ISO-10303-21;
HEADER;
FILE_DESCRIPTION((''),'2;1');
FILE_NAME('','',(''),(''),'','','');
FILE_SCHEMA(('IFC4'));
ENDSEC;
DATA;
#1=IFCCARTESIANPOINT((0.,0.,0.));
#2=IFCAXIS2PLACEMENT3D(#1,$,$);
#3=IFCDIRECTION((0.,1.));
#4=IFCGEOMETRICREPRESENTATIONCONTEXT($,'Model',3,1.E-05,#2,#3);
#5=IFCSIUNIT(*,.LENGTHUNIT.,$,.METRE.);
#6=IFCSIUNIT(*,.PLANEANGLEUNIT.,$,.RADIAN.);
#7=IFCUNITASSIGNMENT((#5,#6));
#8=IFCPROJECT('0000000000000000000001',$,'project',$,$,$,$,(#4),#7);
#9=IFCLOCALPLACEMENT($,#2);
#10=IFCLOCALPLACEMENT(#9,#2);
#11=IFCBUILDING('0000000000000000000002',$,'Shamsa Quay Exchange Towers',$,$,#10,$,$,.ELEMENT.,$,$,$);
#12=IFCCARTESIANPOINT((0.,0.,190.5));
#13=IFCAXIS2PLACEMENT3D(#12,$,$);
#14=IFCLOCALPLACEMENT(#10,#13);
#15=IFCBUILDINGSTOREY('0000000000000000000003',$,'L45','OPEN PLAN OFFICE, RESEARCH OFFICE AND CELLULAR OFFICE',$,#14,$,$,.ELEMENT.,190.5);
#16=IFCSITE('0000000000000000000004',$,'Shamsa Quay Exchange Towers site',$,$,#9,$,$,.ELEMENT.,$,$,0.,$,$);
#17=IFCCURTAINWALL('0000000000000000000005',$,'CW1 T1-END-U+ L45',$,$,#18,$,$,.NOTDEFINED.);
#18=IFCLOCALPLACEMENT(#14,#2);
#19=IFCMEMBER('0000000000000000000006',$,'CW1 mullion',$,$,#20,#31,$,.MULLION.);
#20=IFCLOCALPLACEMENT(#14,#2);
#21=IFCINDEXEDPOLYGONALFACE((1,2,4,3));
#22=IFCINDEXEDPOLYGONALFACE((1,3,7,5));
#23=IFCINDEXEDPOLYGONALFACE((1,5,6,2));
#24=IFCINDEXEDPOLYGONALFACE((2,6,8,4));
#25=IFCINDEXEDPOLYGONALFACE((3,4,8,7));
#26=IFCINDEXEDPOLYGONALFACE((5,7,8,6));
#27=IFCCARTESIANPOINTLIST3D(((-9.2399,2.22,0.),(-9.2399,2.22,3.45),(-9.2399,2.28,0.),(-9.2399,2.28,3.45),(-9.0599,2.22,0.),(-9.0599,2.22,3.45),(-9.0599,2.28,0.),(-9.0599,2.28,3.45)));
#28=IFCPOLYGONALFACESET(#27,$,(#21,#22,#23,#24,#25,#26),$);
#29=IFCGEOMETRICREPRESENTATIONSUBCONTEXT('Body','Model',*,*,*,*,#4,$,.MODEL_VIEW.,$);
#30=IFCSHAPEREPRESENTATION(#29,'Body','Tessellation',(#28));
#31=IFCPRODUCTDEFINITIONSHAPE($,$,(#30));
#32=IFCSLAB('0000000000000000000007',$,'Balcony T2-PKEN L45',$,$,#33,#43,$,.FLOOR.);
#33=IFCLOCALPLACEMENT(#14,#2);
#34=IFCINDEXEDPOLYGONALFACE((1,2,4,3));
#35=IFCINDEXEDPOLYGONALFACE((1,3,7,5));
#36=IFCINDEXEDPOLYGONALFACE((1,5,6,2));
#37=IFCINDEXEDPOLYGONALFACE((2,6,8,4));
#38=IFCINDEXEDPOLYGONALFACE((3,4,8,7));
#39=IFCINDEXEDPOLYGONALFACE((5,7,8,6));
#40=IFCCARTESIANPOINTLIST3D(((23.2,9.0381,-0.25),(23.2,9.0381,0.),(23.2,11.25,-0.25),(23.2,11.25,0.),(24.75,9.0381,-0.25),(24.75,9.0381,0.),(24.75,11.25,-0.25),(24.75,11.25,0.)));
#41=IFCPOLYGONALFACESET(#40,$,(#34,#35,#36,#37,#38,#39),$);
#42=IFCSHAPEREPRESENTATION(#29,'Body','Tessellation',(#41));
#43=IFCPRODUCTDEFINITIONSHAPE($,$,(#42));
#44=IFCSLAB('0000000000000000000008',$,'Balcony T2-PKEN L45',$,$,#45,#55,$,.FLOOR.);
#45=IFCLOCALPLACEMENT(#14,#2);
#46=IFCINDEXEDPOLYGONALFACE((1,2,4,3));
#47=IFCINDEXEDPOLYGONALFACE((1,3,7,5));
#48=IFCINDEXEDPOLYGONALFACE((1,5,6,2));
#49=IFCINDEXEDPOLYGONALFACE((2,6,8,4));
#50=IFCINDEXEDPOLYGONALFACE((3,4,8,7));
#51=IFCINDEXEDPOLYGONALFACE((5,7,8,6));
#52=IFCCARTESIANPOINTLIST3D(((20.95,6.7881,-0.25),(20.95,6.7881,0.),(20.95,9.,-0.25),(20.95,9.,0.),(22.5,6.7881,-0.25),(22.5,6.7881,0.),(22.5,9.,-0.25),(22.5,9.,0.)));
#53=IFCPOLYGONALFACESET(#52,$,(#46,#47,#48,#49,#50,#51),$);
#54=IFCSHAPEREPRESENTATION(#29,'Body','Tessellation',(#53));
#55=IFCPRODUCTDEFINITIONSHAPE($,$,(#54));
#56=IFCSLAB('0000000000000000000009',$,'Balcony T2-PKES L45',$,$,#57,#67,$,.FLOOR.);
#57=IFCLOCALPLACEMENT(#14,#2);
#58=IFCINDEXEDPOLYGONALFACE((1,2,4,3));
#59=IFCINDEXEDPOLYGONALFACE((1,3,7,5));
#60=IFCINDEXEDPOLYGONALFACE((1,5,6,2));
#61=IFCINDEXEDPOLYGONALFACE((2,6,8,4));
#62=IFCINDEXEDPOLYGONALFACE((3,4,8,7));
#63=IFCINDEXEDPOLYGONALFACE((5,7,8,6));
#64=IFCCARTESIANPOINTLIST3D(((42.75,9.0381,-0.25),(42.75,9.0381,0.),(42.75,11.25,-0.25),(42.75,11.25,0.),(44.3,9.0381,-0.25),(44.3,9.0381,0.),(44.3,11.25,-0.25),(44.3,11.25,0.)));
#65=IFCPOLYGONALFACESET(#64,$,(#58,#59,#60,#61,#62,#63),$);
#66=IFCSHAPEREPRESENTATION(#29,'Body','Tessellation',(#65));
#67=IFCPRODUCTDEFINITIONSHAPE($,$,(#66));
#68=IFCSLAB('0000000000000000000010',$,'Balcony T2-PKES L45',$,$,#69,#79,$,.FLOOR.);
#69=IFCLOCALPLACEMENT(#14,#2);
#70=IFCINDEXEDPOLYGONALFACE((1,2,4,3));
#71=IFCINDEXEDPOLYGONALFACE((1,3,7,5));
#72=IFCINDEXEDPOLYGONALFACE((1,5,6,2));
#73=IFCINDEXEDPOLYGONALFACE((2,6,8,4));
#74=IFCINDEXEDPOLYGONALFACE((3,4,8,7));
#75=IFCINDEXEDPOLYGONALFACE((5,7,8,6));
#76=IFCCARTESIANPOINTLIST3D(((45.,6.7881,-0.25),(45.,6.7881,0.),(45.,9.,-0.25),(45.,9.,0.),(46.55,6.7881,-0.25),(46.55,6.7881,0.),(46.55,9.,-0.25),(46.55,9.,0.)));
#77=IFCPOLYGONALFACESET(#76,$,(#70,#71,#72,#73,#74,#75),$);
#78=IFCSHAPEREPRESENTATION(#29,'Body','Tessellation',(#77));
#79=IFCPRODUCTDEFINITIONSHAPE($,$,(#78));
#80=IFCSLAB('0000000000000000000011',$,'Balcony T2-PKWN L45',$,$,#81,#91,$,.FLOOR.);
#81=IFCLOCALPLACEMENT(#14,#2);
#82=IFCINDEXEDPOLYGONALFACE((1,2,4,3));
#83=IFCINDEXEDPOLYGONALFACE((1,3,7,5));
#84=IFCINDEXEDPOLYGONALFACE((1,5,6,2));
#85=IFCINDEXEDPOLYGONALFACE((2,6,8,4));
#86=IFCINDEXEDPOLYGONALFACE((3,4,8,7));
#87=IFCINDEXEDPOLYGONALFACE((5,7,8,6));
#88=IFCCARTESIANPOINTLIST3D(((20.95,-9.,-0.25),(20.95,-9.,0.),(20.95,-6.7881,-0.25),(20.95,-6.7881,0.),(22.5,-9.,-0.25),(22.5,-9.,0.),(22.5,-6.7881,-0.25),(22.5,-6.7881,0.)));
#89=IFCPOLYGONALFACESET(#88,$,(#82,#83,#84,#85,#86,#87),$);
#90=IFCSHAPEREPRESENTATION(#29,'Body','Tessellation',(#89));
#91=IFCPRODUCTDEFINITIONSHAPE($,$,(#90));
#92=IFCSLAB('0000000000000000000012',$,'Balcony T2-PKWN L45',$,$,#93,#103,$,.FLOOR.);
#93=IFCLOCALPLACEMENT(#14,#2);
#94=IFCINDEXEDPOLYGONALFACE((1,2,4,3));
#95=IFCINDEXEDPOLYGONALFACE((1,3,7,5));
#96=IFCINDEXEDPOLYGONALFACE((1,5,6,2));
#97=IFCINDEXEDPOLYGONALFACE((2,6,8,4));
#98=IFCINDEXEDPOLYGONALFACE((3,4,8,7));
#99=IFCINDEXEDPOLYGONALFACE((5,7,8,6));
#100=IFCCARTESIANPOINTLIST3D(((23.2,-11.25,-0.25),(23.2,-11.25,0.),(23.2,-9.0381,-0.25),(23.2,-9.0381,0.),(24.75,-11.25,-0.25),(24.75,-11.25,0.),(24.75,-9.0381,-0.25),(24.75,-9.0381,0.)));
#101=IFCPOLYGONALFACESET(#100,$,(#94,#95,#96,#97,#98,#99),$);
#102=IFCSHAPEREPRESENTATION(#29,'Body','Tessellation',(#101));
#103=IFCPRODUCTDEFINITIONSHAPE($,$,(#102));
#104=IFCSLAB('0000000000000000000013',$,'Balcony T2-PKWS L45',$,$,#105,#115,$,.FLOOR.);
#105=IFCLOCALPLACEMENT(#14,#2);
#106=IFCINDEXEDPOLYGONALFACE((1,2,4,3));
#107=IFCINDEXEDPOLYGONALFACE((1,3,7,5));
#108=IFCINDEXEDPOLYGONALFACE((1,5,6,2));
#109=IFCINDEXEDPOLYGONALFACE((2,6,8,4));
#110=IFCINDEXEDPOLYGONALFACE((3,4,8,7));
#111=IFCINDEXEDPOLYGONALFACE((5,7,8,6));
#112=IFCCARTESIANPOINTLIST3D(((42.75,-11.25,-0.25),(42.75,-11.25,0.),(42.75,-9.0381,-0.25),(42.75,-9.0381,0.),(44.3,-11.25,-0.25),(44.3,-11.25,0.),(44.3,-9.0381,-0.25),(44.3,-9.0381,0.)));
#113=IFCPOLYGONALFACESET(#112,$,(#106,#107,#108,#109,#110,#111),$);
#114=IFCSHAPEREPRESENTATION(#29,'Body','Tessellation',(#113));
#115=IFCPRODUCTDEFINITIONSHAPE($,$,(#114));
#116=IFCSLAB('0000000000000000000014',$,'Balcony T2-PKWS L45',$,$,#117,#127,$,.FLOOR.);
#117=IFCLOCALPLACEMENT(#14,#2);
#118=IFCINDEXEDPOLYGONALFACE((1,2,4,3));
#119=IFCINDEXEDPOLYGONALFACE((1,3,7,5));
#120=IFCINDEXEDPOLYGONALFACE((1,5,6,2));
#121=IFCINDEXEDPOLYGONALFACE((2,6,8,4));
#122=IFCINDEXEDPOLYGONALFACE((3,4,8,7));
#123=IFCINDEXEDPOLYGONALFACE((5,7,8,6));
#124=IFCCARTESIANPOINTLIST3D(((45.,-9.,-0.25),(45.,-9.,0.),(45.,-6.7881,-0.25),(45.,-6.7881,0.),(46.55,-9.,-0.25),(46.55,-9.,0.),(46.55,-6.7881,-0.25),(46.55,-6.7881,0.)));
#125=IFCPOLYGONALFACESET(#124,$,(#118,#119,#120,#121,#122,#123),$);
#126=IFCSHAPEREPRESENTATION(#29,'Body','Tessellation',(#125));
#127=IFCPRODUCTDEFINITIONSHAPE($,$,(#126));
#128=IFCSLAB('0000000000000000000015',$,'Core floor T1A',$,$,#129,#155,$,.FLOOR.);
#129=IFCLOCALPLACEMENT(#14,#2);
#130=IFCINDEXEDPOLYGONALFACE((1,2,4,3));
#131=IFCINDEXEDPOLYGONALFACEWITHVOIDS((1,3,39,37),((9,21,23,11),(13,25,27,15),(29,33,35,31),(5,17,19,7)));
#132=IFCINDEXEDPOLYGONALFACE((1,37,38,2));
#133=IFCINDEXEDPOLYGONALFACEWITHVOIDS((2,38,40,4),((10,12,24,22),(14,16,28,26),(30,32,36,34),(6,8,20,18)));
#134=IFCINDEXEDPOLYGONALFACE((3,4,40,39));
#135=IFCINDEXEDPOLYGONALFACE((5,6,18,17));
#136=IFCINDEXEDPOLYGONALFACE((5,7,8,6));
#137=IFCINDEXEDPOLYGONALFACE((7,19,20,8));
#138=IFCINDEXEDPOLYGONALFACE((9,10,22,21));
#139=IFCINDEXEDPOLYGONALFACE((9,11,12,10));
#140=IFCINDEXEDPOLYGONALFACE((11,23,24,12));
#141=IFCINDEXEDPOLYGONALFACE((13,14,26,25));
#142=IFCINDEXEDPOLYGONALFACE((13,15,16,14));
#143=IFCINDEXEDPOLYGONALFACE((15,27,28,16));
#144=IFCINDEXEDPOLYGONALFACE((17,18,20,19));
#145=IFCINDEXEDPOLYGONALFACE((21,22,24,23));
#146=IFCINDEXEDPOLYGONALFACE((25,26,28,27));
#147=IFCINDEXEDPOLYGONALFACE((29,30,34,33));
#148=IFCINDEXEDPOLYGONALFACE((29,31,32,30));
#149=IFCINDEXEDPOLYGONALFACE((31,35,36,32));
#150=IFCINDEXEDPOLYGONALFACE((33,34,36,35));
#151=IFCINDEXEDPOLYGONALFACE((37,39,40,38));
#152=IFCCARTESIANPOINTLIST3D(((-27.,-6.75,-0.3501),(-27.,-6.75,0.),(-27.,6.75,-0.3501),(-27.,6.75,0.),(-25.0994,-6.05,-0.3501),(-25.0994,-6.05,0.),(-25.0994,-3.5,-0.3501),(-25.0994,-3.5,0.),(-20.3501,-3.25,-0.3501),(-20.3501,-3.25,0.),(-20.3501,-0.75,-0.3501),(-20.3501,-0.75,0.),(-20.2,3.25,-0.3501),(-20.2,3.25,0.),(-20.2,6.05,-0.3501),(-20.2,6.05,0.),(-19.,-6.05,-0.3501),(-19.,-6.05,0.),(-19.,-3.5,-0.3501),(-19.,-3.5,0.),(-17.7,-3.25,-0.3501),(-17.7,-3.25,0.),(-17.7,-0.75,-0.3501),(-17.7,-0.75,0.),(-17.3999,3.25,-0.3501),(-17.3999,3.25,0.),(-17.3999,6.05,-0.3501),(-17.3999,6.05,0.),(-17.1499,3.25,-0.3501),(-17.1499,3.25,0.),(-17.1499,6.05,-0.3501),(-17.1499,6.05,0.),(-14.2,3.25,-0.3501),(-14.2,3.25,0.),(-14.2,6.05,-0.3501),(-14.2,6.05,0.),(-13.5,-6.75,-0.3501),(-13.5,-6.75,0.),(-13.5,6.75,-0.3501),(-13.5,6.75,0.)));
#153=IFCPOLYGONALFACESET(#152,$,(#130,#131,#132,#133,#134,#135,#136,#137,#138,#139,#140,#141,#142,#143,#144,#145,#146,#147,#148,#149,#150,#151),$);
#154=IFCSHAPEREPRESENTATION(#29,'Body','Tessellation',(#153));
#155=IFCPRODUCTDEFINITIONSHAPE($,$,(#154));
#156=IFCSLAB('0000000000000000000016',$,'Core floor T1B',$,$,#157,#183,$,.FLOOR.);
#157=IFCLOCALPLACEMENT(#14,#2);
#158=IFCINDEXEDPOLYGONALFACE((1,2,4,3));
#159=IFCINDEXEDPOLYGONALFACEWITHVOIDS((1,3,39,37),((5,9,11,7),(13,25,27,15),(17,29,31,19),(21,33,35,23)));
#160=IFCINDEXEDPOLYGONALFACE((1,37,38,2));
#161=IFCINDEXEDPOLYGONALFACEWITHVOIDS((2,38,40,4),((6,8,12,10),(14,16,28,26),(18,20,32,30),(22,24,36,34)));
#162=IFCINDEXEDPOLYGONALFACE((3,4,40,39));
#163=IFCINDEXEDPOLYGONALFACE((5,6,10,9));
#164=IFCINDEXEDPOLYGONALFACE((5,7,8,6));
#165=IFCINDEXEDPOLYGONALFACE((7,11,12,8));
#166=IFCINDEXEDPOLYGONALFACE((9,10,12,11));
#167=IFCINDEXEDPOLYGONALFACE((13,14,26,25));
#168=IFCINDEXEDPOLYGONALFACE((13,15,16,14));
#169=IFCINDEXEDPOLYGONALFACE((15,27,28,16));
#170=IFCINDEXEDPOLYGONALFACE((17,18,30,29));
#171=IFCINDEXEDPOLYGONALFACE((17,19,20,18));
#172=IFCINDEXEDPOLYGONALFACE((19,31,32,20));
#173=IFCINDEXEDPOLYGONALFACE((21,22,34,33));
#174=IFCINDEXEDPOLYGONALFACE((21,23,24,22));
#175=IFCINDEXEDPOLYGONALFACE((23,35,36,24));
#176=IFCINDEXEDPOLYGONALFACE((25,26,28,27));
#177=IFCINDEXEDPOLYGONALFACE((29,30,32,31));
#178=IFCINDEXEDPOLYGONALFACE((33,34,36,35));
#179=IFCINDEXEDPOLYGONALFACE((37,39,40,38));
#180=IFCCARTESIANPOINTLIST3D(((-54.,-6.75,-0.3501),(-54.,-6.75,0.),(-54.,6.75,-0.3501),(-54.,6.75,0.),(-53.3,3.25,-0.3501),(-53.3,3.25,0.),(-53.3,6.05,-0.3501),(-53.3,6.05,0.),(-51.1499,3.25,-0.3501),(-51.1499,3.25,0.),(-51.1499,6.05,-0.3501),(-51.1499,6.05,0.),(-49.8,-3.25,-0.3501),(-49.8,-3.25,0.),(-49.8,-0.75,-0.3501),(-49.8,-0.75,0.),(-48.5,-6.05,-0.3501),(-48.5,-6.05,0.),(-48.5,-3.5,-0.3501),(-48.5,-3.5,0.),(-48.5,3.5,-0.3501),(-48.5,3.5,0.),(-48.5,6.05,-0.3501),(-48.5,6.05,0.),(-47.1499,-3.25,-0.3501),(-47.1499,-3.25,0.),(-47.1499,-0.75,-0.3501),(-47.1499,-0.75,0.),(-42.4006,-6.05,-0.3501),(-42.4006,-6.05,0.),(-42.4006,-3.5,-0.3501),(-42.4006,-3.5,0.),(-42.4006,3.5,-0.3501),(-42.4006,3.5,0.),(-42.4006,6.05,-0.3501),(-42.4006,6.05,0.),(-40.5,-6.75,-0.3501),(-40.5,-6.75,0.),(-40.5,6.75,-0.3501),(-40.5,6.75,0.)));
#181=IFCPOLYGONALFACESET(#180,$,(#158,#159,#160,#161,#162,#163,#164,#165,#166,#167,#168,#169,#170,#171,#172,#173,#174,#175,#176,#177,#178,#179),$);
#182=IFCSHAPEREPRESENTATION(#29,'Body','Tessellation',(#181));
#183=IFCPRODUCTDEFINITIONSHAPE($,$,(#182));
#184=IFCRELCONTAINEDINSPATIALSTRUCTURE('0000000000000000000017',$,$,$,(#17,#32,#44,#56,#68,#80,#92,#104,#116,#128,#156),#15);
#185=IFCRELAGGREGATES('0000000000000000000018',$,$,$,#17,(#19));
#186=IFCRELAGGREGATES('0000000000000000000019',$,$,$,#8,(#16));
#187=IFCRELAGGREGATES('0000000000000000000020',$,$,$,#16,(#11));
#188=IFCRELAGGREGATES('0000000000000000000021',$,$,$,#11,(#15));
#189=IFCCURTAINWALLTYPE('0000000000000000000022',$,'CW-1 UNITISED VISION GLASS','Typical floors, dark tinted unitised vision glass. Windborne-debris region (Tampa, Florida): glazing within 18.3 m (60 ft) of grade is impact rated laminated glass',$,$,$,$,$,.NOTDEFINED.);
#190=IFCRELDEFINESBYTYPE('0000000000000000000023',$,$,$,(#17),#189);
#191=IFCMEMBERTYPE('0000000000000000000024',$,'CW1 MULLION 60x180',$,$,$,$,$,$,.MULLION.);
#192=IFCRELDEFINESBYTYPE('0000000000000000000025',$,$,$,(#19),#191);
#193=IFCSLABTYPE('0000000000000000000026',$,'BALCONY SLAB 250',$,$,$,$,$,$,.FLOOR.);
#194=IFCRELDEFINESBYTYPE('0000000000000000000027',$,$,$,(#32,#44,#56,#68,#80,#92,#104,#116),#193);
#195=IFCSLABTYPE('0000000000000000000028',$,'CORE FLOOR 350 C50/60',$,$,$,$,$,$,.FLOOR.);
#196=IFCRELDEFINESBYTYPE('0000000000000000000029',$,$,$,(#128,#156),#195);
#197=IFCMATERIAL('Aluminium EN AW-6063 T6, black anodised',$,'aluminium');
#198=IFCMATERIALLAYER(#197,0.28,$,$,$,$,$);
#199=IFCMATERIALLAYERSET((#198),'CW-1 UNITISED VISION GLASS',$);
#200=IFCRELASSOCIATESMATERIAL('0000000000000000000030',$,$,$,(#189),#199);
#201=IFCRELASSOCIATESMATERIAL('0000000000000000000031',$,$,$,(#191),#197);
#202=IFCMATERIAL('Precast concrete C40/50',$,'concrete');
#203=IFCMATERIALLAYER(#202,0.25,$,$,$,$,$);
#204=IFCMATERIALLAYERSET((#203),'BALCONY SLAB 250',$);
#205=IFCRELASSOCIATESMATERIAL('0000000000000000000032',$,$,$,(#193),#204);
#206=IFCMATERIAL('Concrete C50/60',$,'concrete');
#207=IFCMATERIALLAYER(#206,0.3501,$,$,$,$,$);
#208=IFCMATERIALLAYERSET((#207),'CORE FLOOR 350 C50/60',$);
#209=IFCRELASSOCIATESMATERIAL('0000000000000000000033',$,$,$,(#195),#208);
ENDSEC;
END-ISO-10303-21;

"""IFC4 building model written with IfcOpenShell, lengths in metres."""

from ifc_helpers import new_model, si_unit, direction, frame, origin, origin_2d, place, context, subcontext, project, spatial, polyline, rectangle, outline, extrude, material, layer, layer_set, material_profile, profile_set, type_object, element, aggregate, save


model = new_model("IFC4")

# Units and contexts
model_context = context("Model", 3, precision=1e-05, world=origin(), true_north=direction((0.0, 1.0)))
body_context = subcontext(model_context, "Body", "Model", "MODEL_VIEW")
ifc_project = project(units=[si_unit("LENGTHUNIT", "METRE"), si_unit("PLANEANGLEUNIT", "RADIAN")], contexts=[model_context])

# Site, building, storey
site_placement = place(None, origin())
site = spatial("IfcSite", under=ifc_project, at=site_placement, Name="Shamsa Quay Exchange Towers site", CompositionType="ELEMENT", RefElevation=0.0)
building_placement = place(site_placement, origin())
building = spatial("IfcBuilding", under=site, at=building_placement, Name="Shamsa Quay Exchange Towers", CompositionType="ELEMENT")
storey_placement = place(building_placement, frame((0.0, 0.0, 190.5)))
storey = spatial("IfcBuildingStorey", under=building, at=storey_placement, Name="L45", Description="OPEN PLAN OFFICE, RESEARCH OFFICE AND CELLULAR OFFICE", CompositionType="ELEMENT", Elevation=190.5)

# Curtain wall, member
ifc_material_1 = material(Name="Aluminium EN AW-6063 T6, black anodised", Category="aluminium")
ifc_layer_1 = layer(ifc_material_1, 0.28)
ifc_layer_set_1 = layer_set([ifc_layer_1], Name="CW-1 UNITISED VISION GLASS")
curtain_wall_type = type_object("IfcCurtainWallType", Name="CW-1 UNITISED VISION GLASS", Description="Typical floors, dark tinted unitised vision glass. Windborne-debris region (Tampa, Florida): glazing within 18.3 m (60 ft) of grade is impact rated laminated glass", PredefinedType="NOTDEFINED", material=ifc_layer_set_1)
curtain_wall_placement = place(storey_placement, origin())
curtain_wall = element("IfcCurtainWall", 1, at=curtain_wall_placement, inside=storey, type_object=curtain_wall_type, Name="CW1 T1-END-U+ L45", PredefinedType="NOTDEFINED")
ifc_material_profile = material_profile(ifc_material_1, rectangle(XDim=0.1799, YDim=0.0601, at=origin_2d()), Name="MU60x180")
ifc_profile_set = profile_set([ifc_material_profile], Name="Aluminium EN AW-6063 T6, black anodised")
member_type = type_object("IfcMemberType", Name="CW1 MULLION 60x180", PredefinedType="MULLION", material=ifc_profile_set)
member_placement = place(storey_placement, frame((-9.1499, 2.25, 0.0), z_axis=(0.0, 0.0, 1.0), x_axis=(-1.0, 0.0, 0.0)))
member = element("IfcMember", 2, at=member_placement, type_object=member_type, Name="CW1 mullion", PredefinedType="MULLION", context=body_context, shape_type="SweptSolid", body=[
    extrude(rectangle(XDim=0.1799, YDim=0.0601, at=origin_2d()), origin(), (0.0, 0.0, 1.0), 3.45),
])

# Slabs
ifc_material_2 = material(Name="Precast concrete C40/50", Category="concrete")
ifc_layer_2 = layer(ifc_material_2, 0.25)
ifc_layer_set_2 = layer_set([ifc_layer_2], Name="BALCONY SLAB 250")
slab_type_1 = type_object("IfcSlabType", Name="BALCONY SLAB 250", PredefinedType="FLOOR", material=ifc_layer_set_2)
slab_1_placement = place(storey_placement, frame((0.0, 0.0, -0.25)))
element("IfcSlab", 3, at=slab_1_placement, inside=storey, type_object=slab_type_1, Name="Balcony T2-PKEN L45", PredefinedType="FLOOR", context=body_context, shape_type="SweptSolid", body=[
    extrude(outline(polyline([(24.75, 11.25), (24.75, 9.0381), (23.2, 9.0381), (23.2, 11.25), (24.75, 11.25)])), origin(), (0.0, 0.0, 1.0), 0.25),
])
slab_2_placement = place(storey_placement, frame((0.0, 0.0, -0.25)))
element("IfcSlab", 4, at=slab_2_placement, inside=storey, type_object=slab_type_1, Name="Balcony T2-PKEN L45", PredefinedType="FLOOR", context=body_context, shape_type="SweptSolid", body=[
    extrude(outline(polyline([(22.5, 9.0), (22.5, 6.7881), (20.95, 6.7881), (20.95, 9.0), (22.5, 9.0)])), origin(), (0.0, 0.0, 1.0), 0.25),
])
slab_3_placement = place(storey_placement, frame((0.0, 0.0, -0.25)))
element("IfcSlab", 5, at=slab_3_placement, inside=storey, type_object=slab_type_1, Name="Balcony T2-PKES L45", PredefinedType="FLOOR", context=body_context, shape_type="SweptSolid", body=[
    extrude(outline(polyline([(42.75, 9.0381), (42.75, 11.25), (44.3, 11.25), (44.3, 9.0381), (42.75, 9.0381)])), origin(), (0.0, 0.0, 1.0), 0.25),
])
slab_4_placement = place(storey_placement, frame((0.0, 0.0, -0.25)))
element("IfcSlab", 6, at=slab_4_placement, inside=storey, type_object=slab_type_1, Name="Balcony T2-PKES L45", PredefinedType="FLOOR", context=body_context, shape_type="SweptSolid", body=[
    extrude(outline(polyline([(45.0, 6.7881), (45.0, 9.0), (46.55, 9.0), (46.55, 6.7881), (45.0, 6.7881)])), origin(), (0.0, 0.0, 1.0), 0.25),
])
slab_5_placement = place(storey_placement, frame((0.0, 0.0, -0.25)))
element("IfcSlab", 7, at=slab_5_placement, inside=storey, type_object=slab_type_1, Name="Balcony T2-PKWN L45", PredefinedType="FLOOR", context=body_context, shape_type="SweptSolid", body=[
    extrude(outline(polyline([(22.5, -6.7881), (22.5, -9.0), (20.95, -9.0), (20.95, -6.7881), (22.5, -6.7881)])), origin(), (0.0, 0.0, 1.0), 0.25),
])
slab_6_placement = place(storey_placement, frame((0.0, 0.0, -0.25)))
element("IfcSlab", 8, at=slab_6_placement, inside=storey, type_object=slab_type_1, Name="Balcony T2-PKWN L45", PredefinedType="FLOOR", context=body_context, shape_type="SweptSolid", body=[
    extrude(outline(polyline([(24.75, -9.0381), (24.75, -11.25), (23.2, -11.25), (23.2, -9.0381), (24.75, -9.0381)])), origin(), (0.0, 0.0, 1.0), 0.25),
])
slab_7_placement = place(storey_placement, frame((0.0, 0.0, -0.25)))
element("IfcSlab", 9, at=slab_7_placement, inside=storey, type_object=slab_type_1, Name="Balcony T2-PKWS L45", PredefinedType="FLOOR", context=body_context, shape_type="SweptSolid", body=[
    extrude(outline(polyline([(42.75, -11.25), (42.75, -9.0381), (44.3, -9.0381), (44.3, -11.25), (42.75, -11.25)])), origin(), (0.0, 0.0, 1.0), 0.25),
])
slab_8_placement = place(storey_placement, frame((0.0, 0.0, -0.25)))
element("IfcSlab", 10, at=slab_8_placement, inside=storey, type_object=slab_type_1, Name="Balcony T2-PKWS L45", PredefinedType="FLOOR", context=body_context, shape_type="SweptSolid", body=[
    extrude(outline(polyline([(45.0, -9.0), (45.0, -6.7881), (46.55, -6.7881), (46.55, -9.0), (45.0, -9.0)])), origin(), (0.0, 0.0, 1.0), 0.25),
])
ifc_material_3 = material(Name="Concrete C50/60", Category="concrete")
ifc_layer_3 = layer(ifc_material_3, 0.3501)
ifc_layer_set_3 = layer_set([ifc_layer_3], Name="CORE FLOOR 350 C50/60")
slab_type_2 = type_object("IfcSlabType", Name="CORE FLOOR 350 C50/60", PredefinedType="FLOOR", material=ifc_layer_set_3)
slab_9_placement = place(storey_placement, frame((0.0, 0.0, -0.3501)))
element("IfcSlab", 11, at=slab_9_placement, inside=storey, type_object=slab_type_2, Name="Core floor T1A", PredefinedType="FLOOR", context=body_context, shape_type="SweptSolid", body=[
    extrude(outline(polyline([(-27.0, -6.75), (-13.5, -6.75), (-13.5, 6.75), (-27.0, 6.75), (-27.0, -6.75)]), holes=[polyline([(-25.0994, -6.05), (-25.0994, -3.5), (-19.0, -3.5), (-19.0, -6.05), (-25.0994, -6.05)]), polyline([(-20.2, 3.25), (-20.2, 6.05), (-17.3999, 6.05), (-17.3999, 3.25), (-20.2, 3.25)]), polyline([(-17.1499, 3.25), (-17.1499, 6.05), (-14.2, 6.05), (-14.2, 3.25), (-17.1499, 3.25)]), polyline([(-20.3501, -3.25), (-20.3501, -0.75), (-17.7, -0.75), (-17.7, -3.25), (-20.3501, -3.25)])]), origin(), (0.0, 0.0, 1.0), 0.3501),
])
slab_10_placement = place(storey_placement, frame((0.0, 0.0, -0.3501)))
element("IfcSlab", 12, at=slab_10_placement, inside=storey, type_object=slab_type_2, Name="Core floor T1B", PredefinedType="FLOOR", context=body_context, shape_type="SweptSolid", body=[
    extrude(outline(polyline([(-40.5, -6.75), (-40.5, 6.75), (-54.0, 6.75), (-54.0, -6.75), (-40.5, -6.75)]), holes=[polyline([(-42.4006, -3.5), (-42.4006, -6.05), (-48.5, -6.05), (-48.5, -3.5), (-42.4006, -3.5)]), polyline([(-42.4006, 6.05), (-42.4006, 3.5), (-48.5, 3.5), (-48.5, 6.05), (-42.4006, 6.05)]), polyline([(-51.1499, 3.25), (-53.3, 3.25), (-53.3, 6.05), (-51.1499, 6.05), (-51.1499, 3.25)]), polyline([(-47.1499, -3.25), (-49.8, -3.25), (-49.8, -0.75), (-47.1499, -0.75), (-47.1499, -3.25)])]), origin(), (0.0, 0.0, 1.0), 0.3501),
])

aggregate(curtain_wall, [member])

save(model, "model.ifc")
